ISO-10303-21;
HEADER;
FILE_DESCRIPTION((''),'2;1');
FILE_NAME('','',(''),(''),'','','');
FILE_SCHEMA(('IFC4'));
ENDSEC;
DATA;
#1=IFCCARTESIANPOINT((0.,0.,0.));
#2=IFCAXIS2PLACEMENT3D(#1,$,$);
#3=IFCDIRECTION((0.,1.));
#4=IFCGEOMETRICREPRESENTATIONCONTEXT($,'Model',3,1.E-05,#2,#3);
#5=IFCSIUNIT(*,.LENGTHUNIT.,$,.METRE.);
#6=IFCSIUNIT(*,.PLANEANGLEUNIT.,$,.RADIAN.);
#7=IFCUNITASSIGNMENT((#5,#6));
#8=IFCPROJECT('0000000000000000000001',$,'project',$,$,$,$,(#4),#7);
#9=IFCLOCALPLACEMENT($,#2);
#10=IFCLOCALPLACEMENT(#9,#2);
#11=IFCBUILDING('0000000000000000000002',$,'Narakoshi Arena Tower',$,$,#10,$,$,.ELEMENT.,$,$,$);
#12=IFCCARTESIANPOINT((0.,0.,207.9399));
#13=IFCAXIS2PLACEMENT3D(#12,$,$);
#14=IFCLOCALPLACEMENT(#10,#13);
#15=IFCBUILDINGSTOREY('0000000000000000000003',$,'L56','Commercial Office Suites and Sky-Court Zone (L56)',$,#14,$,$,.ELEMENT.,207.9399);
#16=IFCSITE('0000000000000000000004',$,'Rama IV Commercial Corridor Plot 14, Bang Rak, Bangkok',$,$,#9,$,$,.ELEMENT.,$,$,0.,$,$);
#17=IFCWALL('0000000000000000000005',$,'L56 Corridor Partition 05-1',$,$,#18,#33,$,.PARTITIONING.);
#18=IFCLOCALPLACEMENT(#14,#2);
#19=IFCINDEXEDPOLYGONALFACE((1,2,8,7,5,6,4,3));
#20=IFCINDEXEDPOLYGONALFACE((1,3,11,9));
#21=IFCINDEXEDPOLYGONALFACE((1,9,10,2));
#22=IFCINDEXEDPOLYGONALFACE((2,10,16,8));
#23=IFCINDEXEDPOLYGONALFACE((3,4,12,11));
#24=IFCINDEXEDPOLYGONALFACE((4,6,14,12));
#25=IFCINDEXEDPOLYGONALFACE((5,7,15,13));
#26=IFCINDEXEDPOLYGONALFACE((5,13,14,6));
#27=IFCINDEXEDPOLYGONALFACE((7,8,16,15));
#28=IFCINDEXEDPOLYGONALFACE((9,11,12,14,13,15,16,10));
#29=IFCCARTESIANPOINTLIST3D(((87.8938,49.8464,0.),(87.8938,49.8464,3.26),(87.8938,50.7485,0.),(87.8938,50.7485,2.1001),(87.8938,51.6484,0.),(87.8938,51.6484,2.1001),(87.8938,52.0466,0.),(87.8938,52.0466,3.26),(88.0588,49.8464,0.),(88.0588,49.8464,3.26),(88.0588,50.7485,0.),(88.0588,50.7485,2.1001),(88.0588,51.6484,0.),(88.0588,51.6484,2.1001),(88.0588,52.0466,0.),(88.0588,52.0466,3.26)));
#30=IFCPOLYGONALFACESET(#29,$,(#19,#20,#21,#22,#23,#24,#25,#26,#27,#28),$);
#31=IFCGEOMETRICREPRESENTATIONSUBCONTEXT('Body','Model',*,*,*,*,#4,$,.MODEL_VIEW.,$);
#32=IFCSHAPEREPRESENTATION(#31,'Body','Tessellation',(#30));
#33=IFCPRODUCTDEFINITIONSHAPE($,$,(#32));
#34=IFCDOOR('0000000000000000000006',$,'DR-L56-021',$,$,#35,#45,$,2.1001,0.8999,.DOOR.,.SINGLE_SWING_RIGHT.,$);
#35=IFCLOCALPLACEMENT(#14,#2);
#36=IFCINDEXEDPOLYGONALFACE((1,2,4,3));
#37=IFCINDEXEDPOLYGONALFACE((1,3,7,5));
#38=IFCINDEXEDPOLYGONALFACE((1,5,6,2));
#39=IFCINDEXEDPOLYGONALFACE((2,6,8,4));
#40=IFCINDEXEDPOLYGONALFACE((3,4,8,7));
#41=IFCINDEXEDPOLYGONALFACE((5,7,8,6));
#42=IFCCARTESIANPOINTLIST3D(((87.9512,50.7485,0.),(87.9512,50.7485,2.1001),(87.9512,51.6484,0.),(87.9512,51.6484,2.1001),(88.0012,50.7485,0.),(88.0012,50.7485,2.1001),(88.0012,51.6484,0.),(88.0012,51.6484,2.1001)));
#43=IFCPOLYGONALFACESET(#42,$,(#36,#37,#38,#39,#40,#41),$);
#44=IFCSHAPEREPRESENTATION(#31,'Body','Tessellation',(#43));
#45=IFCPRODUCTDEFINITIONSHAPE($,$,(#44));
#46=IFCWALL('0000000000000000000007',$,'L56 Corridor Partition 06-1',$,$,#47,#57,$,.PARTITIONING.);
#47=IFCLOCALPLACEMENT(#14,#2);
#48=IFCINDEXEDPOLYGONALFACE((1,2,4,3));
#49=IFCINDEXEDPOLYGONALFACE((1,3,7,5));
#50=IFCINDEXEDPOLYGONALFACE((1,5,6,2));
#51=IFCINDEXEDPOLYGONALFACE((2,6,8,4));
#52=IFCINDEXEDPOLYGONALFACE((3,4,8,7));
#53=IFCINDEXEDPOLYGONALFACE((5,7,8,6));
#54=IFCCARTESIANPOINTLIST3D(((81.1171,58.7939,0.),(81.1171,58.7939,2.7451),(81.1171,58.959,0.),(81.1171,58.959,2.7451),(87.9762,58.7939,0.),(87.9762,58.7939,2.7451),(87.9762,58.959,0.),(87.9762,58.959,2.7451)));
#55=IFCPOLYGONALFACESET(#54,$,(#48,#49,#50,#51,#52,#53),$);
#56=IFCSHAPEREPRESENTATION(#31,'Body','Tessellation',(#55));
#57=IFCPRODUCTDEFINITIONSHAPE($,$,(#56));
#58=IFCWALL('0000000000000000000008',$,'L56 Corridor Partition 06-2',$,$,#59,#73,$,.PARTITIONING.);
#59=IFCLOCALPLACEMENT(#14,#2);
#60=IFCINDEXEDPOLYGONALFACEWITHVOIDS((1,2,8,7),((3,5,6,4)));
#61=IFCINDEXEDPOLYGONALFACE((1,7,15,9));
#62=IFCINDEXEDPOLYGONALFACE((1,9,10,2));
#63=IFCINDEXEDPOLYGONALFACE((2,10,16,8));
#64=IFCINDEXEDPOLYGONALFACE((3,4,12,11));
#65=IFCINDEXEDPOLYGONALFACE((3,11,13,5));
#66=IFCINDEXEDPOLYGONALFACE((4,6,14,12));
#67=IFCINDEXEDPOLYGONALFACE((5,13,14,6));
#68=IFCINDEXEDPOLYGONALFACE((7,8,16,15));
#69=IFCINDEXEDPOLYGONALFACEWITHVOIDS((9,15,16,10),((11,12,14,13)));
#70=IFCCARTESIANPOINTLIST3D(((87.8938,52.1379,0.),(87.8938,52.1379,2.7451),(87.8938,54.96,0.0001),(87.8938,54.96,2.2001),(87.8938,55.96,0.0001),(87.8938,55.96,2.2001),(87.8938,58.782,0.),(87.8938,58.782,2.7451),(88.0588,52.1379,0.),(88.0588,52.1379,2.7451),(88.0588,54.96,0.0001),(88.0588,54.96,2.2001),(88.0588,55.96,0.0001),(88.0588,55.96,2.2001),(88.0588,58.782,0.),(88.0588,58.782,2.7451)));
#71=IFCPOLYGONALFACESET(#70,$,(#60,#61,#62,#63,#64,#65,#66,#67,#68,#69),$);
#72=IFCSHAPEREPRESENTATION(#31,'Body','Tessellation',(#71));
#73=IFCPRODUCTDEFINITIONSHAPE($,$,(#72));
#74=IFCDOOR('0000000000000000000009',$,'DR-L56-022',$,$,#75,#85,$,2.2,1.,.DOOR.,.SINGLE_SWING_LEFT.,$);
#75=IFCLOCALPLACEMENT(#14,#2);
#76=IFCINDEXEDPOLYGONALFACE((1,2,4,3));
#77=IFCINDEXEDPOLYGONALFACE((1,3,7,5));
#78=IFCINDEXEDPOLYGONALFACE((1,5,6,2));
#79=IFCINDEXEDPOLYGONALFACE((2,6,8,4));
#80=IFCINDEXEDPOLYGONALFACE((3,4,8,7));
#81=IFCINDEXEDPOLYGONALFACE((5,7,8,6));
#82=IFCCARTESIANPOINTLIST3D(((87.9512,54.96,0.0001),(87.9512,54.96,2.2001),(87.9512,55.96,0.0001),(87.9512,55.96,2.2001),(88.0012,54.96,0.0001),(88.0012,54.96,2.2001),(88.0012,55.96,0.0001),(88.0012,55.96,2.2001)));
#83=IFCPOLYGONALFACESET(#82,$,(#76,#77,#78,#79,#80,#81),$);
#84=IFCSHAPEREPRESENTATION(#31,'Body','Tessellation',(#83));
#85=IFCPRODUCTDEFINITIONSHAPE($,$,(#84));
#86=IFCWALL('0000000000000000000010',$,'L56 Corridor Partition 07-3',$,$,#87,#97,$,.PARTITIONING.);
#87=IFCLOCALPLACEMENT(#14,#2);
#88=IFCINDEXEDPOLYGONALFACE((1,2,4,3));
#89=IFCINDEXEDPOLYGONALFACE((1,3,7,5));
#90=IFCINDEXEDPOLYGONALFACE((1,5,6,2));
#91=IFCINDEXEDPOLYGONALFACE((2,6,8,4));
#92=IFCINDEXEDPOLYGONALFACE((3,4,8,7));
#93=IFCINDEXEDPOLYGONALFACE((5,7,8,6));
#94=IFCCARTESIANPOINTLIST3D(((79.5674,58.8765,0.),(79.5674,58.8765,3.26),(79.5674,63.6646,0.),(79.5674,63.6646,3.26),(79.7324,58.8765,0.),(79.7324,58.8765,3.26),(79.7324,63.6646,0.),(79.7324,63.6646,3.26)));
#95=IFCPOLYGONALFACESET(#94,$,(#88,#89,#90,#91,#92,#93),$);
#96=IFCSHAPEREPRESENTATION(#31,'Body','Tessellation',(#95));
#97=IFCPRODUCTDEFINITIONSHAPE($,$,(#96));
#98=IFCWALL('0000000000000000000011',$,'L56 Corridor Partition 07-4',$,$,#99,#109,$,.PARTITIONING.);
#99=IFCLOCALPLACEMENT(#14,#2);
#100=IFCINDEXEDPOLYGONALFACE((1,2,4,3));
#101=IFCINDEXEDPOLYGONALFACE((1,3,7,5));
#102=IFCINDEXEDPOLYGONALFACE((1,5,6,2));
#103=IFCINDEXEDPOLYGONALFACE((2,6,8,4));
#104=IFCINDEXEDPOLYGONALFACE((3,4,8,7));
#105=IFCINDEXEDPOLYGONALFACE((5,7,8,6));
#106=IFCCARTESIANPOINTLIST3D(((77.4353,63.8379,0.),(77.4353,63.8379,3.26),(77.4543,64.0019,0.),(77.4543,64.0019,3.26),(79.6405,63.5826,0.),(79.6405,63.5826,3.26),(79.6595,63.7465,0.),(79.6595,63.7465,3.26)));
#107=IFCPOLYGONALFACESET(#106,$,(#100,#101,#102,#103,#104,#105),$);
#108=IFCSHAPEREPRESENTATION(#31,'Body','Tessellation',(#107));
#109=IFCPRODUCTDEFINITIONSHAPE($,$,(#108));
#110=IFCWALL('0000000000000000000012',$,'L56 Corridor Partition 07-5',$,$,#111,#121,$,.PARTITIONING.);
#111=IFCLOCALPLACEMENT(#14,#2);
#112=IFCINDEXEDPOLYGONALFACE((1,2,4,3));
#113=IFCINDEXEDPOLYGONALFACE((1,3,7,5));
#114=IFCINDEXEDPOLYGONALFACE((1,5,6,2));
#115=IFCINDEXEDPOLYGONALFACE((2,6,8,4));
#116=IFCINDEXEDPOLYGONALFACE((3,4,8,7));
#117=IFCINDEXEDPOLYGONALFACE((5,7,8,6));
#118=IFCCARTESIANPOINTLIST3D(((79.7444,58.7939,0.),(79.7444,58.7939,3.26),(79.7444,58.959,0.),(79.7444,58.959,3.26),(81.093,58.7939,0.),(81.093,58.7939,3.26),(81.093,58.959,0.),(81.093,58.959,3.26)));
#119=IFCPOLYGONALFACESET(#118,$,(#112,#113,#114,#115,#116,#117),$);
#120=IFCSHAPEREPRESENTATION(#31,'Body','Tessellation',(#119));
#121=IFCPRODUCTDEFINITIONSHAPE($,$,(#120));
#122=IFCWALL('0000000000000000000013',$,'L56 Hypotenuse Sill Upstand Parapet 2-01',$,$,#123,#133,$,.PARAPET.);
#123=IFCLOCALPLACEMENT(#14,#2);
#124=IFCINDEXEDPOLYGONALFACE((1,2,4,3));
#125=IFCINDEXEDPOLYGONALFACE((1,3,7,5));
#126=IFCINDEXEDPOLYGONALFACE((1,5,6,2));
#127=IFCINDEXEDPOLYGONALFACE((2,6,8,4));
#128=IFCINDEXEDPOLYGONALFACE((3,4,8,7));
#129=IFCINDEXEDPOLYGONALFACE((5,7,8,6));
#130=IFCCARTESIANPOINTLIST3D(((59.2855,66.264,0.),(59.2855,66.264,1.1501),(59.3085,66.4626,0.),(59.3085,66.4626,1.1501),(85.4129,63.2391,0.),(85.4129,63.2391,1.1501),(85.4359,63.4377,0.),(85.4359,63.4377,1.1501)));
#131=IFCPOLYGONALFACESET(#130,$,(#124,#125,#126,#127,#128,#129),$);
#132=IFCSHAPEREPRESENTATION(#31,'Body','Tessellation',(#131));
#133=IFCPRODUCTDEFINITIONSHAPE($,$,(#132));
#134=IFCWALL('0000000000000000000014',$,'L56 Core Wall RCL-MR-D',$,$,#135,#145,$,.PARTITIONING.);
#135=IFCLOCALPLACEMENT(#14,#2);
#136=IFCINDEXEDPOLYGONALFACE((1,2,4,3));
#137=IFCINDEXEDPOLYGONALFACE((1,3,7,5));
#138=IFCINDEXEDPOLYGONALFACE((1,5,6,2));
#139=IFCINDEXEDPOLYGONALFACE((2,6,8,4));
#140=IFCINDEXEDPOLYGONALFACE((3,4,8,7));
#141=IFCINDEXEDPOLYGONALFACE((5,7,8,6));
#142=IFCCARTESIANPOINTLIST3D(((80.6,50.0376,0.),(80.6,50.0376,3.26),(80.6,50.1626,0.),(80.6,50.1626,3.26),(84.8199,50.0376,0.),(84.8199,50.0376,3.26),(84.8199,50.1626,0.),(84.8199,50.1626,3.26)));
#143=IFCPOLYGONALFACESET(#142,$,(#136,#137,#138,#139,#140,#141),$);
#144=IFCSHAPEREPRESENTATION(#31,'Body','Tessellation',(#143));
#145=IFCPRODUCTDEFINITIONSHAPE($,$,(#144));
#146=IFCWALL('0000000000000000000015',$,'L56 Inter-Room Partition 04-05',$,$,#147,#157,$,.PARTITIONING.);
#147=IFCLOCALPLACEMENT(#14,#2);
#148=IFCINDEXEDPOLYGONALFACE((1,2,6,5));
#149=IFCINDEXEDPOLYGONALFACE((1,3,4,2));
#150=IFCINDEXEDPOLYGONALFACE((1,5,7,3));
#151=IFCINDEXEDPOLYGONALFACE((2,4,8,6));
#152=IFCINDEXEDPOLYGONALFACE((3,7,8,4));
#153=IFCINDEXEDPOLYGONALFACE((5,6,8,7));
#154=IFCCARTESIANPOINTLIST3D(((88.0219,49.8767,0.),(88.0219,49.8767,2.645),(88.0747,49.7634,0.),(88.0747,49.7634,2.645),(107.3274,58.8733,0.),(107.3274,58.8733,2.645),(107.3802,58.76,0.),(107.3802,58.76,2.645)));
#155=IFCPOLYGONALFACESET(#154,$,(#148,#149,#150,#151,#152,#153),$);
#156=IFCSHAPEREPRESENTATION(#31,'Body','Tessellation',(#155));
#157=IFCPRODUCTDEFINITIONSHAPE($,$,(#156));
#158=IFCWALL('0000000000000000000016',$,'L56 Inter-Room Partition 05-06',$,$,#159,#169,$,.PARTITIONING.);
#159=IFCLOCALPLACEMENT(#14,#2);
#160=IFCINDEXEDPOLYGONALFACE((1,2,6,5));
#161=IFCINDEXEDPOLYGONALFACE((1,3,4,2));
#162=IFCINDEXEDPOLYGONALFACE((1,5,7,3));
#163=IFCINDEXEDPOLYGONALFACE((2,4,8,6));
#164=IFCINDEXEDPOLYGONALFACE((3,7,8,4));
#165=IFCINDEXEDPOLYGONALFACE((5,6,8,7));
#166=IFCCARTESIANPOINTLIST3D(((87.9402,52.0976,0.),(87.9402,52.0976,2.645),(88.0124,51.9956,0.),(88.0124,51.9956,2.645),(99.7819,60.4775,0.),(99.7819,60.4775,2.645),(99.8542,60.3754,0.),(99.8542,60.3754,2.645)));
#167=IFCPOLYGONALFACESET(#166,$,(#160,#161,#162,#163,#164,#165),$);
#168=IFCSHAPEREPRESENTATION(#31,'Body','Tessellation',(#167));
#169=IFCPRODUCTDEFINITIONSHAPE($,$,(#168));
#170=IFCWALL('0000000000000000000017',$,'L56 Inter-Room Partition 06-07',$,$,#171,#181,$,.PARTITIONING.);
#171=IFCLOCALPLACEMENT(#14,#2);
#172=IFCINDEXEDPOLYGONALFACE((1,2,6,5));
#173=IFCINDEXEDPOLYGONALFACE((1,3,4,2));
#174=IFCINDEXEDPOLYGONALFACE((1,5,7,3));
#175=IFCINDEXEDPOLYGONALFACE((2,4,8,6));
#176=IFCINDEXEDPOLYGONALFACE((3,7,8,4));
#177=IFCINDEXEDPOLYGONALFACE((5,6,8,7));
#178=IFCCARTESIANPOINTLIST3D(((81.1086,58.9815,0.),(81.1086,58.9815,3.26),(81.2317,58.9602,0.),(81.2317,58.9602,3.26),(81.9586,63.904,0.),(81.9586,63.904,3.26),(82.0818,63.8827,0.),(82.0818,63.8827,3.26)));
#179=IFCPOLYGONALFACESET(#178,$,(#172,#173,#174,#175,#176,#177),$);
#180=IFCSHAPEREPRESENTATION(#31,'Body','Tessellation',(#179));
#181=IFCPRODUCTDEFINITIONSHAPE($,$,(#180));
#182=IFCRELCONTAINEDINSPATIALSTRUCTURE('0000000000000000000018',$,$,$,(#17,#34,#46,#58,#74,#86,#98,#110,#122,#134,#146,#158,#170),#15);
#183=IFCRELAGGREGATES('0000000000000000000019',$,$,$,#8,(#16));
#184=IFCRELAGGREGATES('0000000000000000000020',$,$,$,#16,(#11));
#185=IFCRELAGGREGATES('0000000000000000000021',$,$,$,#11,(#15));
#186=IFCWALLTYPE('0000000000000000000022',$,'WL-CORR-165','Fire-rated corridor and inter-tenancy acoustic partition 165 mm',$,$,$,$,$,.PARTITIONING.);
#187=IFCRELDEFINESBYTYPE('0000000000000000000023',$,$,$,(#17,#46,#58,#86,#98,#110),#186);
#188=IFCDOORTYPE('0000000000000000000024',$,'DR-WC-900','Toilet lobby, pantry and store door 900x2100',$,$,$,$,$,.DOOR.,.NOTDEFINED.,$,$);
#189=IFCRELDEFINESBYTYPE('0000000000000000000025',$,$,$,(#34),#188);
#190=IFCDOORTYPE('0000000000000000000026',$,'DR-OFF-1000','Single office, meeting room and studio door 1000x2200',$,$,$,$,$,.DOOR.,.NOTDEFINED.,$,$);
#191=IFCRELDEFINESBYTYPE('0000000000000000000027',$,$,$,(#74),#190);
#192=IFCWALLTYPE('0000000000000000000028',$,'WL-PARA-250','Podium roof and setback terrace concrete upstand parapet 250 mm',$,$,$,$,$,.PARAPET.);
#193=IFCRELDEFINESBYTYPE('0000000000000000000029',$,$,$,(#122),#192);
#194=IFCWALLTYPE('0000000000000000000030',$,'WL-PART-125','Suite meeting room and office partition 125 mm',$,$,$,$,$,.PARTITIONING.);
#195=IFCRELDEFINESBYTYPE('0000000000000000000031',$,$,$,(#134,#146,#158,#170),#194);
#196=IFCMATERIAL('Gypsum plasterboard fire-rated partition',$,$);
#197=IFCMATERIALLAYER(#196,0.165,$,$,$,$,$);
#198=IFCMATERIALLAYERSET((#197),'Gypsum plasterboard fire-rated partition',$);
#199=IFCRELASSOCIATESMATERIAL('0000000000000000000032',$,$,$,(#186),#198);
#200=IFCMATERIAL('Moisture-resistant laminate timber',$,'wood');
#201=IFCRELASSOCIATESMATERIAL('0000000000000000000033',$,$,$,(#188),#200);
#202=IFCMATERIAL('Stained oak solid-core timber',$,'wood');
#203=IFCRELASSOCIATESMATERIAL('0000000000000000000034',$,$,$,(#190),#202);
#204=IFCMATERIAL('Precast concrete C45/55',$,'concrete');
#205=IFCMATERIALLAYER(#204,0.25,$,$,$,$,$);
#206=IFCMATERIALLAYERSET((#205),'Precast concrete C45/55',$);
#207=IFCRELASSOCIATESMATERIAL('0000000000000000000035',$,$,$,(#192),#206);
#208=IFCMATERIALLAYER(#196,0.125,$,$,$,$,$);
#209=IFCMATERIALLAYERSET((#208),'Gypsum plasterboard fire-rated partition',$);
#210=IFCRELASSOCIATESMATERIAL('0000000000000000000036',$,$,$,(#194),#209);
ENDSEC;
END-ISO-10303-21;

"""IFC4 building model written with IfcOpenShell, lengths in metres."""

from ifc_helpers import new_model, si_unit, direction, frame, frame_2d, origin, place, context, subcontext, project, spatial, rectangle, extrude, material, layer, layer_set, type_object, element, fill, save


model = new_model("IFC4")

# Units and contexts
model_context = context("Model", 3, precision=1e-05, world=origin(), true_north=direction((0.0, 1.0)))
body_context = subcontext(model_context, "Body", "Model", "MODEL_VIEW")
ifc_project = project(units=[si_unit("LENGTHUNIT", "METRE"), si_unit("PLANEANGLEUNIT", "RADIAN")], contexts=[model_context])

# Site, building, storey
site_placement = place(None, origin())
site = spatial("IfcSite", under=ifc_project, at=site_placement, Name="Rama IV Commercial Corridor Plot 14, Bang Rak, Bangkok", CompositionType="ELEMENT", RefElevation=0.0)
building_placement = place(site_placement, origin())
building = spatial("IfcBuilding", under=site, at=building_placement, Name="Narakoshi Arena Tower", CompositionType="ELEMENT")
storey_placement = place(building_placement, frame((0.0, 0.0, 207.9399)))
storey = spatial("IfcBuildingStorey", under=building, at=storey_placement, Name="L56", Description="Commercial Office Suites and Sky-Court Zone (L56)", CompositionType="ELEMENT", Elevation=207.9399)

# Shared definitions
ifc_material_1 = material(Name="Gypsum plasterboard fire-rated partition")
ifc_layer_1 = layer(ifc_material_1, 0.165)
ifc_layer_set_1 = layer_set([ifc_layer_1], Name="Gypsum plasterboard fire-rated partition")
wall_type_1 = type_object("IfcWallType", Name="WL-CORR-165", Description="Fire-rated corridor and inter-tenancy acoustic partition 165 mm", PredefinedType="PARTITIONING", material=ifc_layer_set_1)
ifc_material_2 = material(Name="Moisture-resistant laminate timber", Category="wood")
door_type_1 = type_object("IfcDoorType", Name="DR-WC-900", Description="Toilet lobby, pantry and store door 900x2100", OperationType="NOTDEFINED", PredefinedType="DOOR", material=ifc_material_2)

# Wall, opening, door
wall_1_placement = place(storey_placement, frame((87.9763, 49.8464, 0.0), z_axis=(0.0, 0.0, 1.0), x_axis=(0.0, 1.0, 0.0)))
wall_1 = element("IfcWall", 1, at=wall_1_placement, inside=storey, type_object=wall_type_1, Name="L56 Corridor Partition 05-1", PredefinedType="PARTITIONING", context=body_context, shape_type="SweptSolid", body=[
    extrude(rectangle(XDim=2.2002, YDim=0.165, at=frame_2d((1.1001, 0.0))), origin(), (0.0, 0.0, 1.0), 3.26),
])
opening_1_placement = place(wall_1_placement, frame((0.9021, 0.0, 0.0)))
opening_1 = element("IfcOpeningElement", 2, at=opening_1_placement, cuts=wall_1, PredefinedType="OPENING", context=body_context, shape_type="SweptSolid", body=[
    extrude(rectangle(XDim=0.8999, YDim=2.1001, at=frame_2d((0.45, 1.05))), frame((0.0, 0.0925, 0.0), z_axis=(0.0, -1.0, 0.0), x_axis=(1.0, 0.0, 0.0)), (0.0, 0.0, 1.0), 0.1851),
])
door_1_placement = place(opening_1_placement, frame((0.8999, 0.0, 0.0), z_axis=(0.0, 0.0, 1.0), x_axis=(-1.0, 0.0, 0.0)))
door_1 = element("IfcDoor", 3, at=door_1_placement, inside=storey, type_object=door_type_1, Name="DR-L56-021", OperationType="SINGLE_SWING_RIGHT", OverallHeight=2.1001, OverallWidth=0.8999, PredefinedType="DOOR", context=body_context, shape_type="SweptSolid", body=[
    extrude(rectangle(XDim=0.8999, YDim=2.1001, at=frame_2d((0.45, 1.05))), frame((0.0, 0.0249, 0.0), z_axis=(0.0, -1.0, 0.0), x_axis=(1.0, 0.0, 0.0)), (0.0, 0.0, 1.0), 0.05),
])
fill(opening_1, door_1)

# Wall
wall_2_placement = place(storey_placement, frame((87.9763, 58.8765, 0.0), z_axis=(0.0, 0.0, 1.0), x_axis=(-1.0, 0.0, 0.0)))
element("IfcWall", 4, at=wall_2_placement, inside=storey, type_object=wall_type_1, Name="L56 Corridor Partition 06-1", PredefinedType="PARTITIONING", context=body_context, shape_type="SweptSolid", body=[
    extrude(rectangle(XDim=6.8591, YDim=0.165, at=frame_2d((3.4297, 0.0))), origin(), (0.0, 0.0, 1.0), 2.7451),
])

# Wall, opening, door
wall_3_placement = place(storey_placement, frame((87.9763, 52.1379, 0.0), z_axis=(0.0, 0.0, 1.0), x_axis=(0.0, 1.0, 0.0)))
wall_3 = element("IfcWall", 5, at=wall_3_placement, inside=storey, type_object=wall_type_1, Name="L56 Corridor Partition 06-2", PredefinedType="PARTITIONING", context=body_context, shape_type="SweptSolid", body=[
    extrude(rectangle(XDim=6.644, YDim=0.165, at=frame_2d((3.322, 0.0))), origin(), (0.0, 0.0, 1.0), 2.7451),
])
opening_2_placement = place(wall_3_placement, frame((2.822, 0.0, 0.0)))
opening_2 = element("IfcOpeningElement", 6, at=opening_2_placement, cuts=wall_3, PredefinedType="OPENING", context=body_context, shape_type="SweptSolid", body=[
    extrude(rectangle(XDim=1.0, YDim=2.2, at=frame_2d((0.5, 1.1001))), frame((0.0, 0.0925, 0.0), z_axis=(0.0, -1.0, 0.0), x_axis=(1.0, 0.0, 0.0)), (0.0, 0.0, 1.0), 0.1851),
])
ifc_material_3 = material(Name="Stained oak solid-core timber", Category="wood")
door_type_2 = type_object("IfcDoorType", Name="DR-OFF-1000", Description="Single office, meeting room and studio door 1000x2200", OperationType="NOTDEFINED", PredefinedType="DOOR", material=ifc_material_3)
door_2_placement = place(opening_2_placement, frame((1.0, 0.0, 0.0), z_axis=(0.0, 0.0, 1.0), x_axis=(-1.0, 0.0, 0.0)))
door_2 = element("IfcDoor", 7, at=door_2_placement, inside=storey, type_object=door_type_2, Name="DR-L56-022", OperationType="SINGLE_SWING_LEFT", OverallHeight=2.2, OverallWidth=1.0, PredefinedType="DOOR", context=body_context, shape_type="SweptSolid", body=[
    extrude(rectangle(XDim=1.0, YDim=2.2, at=frame_2d((0.5, 1.1001))), frame((0.0, 0.0249, 0.0), z_axis=(0.0, -1.0, 0.0), x_axis=(1.0, 0.0, 0.0)), (0.0, 0.0, 1.0), 0.05),
])
fill(opening_2, door_2)

# Walls
wall_4_placement = place(storey_placement, frame((79.6499, 58.8765, 0.0), z_axis=(0.0, 0.0, 1.0), x_axis=(0.0, 1.0, 0.0)))
element("IfcWall", 8, at=wall_4_placement, inside=storey, type_object=wall_type_1, Name="L56 Corridor Partition 07-3", PredefinedType="PARTITIONING", context=body_context, shape_type="SweptSolid", body=[
    extrude(rectangle(XDim=4.7881, YDim=0.165, at=frame_2d((2.394, 0.0))), origin(), (0.0, 0.0, 1.0), 3.26),
])
wall_5_placement = place(storey_placement, frame((79.6499, 63.6646, 0.0), z_axis=(0.0, 0.0, 1.0), x_axis=(-0.993362, 0.115029, 0.0)))
element("IfcWall", 9, at=wall_5_placement, inside=storey, type_object=wall_type_1, Name="L56 Corridor Partition 07-4", PredefinedType="PARTITIONING", context=body_context, shape_type="SweptSolid", body=[
    extrude(rectangle(XDim=2.22, YDim=0.165, at=frame_2d((1.1099, 0.0))), origin(), (0.0, 0.0, 1.0), 3.26),
])
wall_6_placement = place(storey_placement, frame((81.093, 58.8765, 0.0), z_axis=(0.0, 0.0, 1.0), x_axis=(-1.0, 0.0, 0.0)))
element("IfcWall", 10, at=wall_6_placement, inside=storey, type_object=wall_type_1, Name="L56 Corridor Partition 07-5", PredefinedType="PARTITIONING", context=body_context, shape_type="SweptSolid", body=[
    extrude(rectangle(XDim=1.3486, YDim=0.165, at=frame_2d((0.6743, 0.0))), origin(), (0.0, 0.0, 1.0), 3.26),
])
ifc_material_4 = material(Name="Precast concrete C45/55", Category="concrete")
ifc_layer_2 = layer(ifc_material_4, 0.25)
ifc_layer_set_2 = layer_set([ifc_layer_2], Name="Precast concrete C45/55")
wall_type_2 = type_object("IfcWallType", Name="WL-PARA-250", Description="Podium roof and setback terrace concrete upstand parapet 250 mm", PredefinedType="PARAPET", material=ifc_layer_set_2)
wall_7_placement = place(storey_placement, frame((85.4243, 63.3384, 0.0), z_axis=(0.0, 0.0, 1.0), x_axis=(-0.993365, 0.115007, 0.0)))
element("IfcWall", 11, at=wall_7_placement, inside=storey, type_object=wall_type_2, Name="L56 Hypotenuse Sill Upstand Parapet 2-01", PredefinedType="PARAPET", context=body_context, shape_type="SweptSolid", body=[
    extrude(rectangle(XDim=26.302, YDim=0.2, at=frame_2d((13.1509, 0.0))), origin(), (0.0, 0.0, 1.0), 1.1501),
])
ifc_layer_3 = layer(ifc_material_1, 0.125)
ifc_layer_set_3 = layer_set([ifc_layer_3], Name="Gypsum plasterboard fire-rated partition")
wall_type_3 = type_object("IfcWallType", Name="WL-PART-125", Description="Suite meeting room and office partition 125 mm", PredefinedType="PARTITIONING", material=ifc_layer_set_3)
wall_8_placement = place(storey_placement, frame((80.6001, 50.1001, 0.0), z_axis=(0.0, 0.0, 1.0), x_axis=(1.0, 0.0, 0.0)))
element("IfcWall", 12, at=wall_8_placement, inside=storey, type_object=wall_type_3, Name="L56 Core Wall RCL-MR-D", PredefinedType="PARTITIONING", context=body_context, shape_type="SweptSolid", body=[
    extrude(rectangle(XDim=4.22, YDim=0.125, at=frame_2d((2.1099, 0.0))), origin(), (0.0, 0.0, 1.0), 3.26),
])
wall_9_placement = place(storey_placement, frame((88.0483, 49.8201, 0.0), z_axis=(0.0, 0.0, 1.0), x_axis=(0.90641, 0.422399, 0.0)))
element("IfcWall", 13, at=wall_9_placement, inside=storey, type_object=wall_type_3, Name="L56 Inter-Room Partition 04-05", PredefinedType="PARTITIONING", context=body_context, shape_type="SweptSolid", body=[
    extrude(rectangle(XDim=21.2988, YDim=0.125, at=frame_2d((10.6494, 0.0))), origin(), (0.0, 0.0, 1.0), 2.645),
])
wall_10_placement = place(storey_placement, frame((87.9763, 52.0466, 0.0), z_axis=(0.0, 0.0, 1.0), x_axis=(0.816286, 0.577647, 0.0)))
element("IfcWall", 14, at=wall_10_placement, inside=storey, type_object=wall_type_3, Name="L56 Inter-Room Partition 05-06", PredefinedType="PARTITIONING", context=body_context, shape_type="SweptSolid", body=[
    extrude(rectangle(XDim=14.5068, YDim=0.125, at=frame_2d((7.2534, 0.0))), origin(), (0.0, 0.0, 1.0), 2.645),
])
wall_11_placement = place(storey_placement, frame((81.1702, 58.9709, 0.0), z_axis=(0.0, 0.0, 1.0), x_axis=(0.170174, 0.985414, 0.0)))
element("IfcWall", 15, at=wall_11_placement, inside=storey, type_object=wall_type_3, Name="L56 Inter-Room Partition 06-07", PredefinedType="PARTITIONING", context=body_context, shape_type="SweptSolid", body=[
    extrude(rectangle(XDim=4.9954, YDim=0.125, at=frame_2d((2.4976, 0.0))), origin(), (0.0, 0.0, 1.0), 3.26),
])

save(model, "model.ifc")
